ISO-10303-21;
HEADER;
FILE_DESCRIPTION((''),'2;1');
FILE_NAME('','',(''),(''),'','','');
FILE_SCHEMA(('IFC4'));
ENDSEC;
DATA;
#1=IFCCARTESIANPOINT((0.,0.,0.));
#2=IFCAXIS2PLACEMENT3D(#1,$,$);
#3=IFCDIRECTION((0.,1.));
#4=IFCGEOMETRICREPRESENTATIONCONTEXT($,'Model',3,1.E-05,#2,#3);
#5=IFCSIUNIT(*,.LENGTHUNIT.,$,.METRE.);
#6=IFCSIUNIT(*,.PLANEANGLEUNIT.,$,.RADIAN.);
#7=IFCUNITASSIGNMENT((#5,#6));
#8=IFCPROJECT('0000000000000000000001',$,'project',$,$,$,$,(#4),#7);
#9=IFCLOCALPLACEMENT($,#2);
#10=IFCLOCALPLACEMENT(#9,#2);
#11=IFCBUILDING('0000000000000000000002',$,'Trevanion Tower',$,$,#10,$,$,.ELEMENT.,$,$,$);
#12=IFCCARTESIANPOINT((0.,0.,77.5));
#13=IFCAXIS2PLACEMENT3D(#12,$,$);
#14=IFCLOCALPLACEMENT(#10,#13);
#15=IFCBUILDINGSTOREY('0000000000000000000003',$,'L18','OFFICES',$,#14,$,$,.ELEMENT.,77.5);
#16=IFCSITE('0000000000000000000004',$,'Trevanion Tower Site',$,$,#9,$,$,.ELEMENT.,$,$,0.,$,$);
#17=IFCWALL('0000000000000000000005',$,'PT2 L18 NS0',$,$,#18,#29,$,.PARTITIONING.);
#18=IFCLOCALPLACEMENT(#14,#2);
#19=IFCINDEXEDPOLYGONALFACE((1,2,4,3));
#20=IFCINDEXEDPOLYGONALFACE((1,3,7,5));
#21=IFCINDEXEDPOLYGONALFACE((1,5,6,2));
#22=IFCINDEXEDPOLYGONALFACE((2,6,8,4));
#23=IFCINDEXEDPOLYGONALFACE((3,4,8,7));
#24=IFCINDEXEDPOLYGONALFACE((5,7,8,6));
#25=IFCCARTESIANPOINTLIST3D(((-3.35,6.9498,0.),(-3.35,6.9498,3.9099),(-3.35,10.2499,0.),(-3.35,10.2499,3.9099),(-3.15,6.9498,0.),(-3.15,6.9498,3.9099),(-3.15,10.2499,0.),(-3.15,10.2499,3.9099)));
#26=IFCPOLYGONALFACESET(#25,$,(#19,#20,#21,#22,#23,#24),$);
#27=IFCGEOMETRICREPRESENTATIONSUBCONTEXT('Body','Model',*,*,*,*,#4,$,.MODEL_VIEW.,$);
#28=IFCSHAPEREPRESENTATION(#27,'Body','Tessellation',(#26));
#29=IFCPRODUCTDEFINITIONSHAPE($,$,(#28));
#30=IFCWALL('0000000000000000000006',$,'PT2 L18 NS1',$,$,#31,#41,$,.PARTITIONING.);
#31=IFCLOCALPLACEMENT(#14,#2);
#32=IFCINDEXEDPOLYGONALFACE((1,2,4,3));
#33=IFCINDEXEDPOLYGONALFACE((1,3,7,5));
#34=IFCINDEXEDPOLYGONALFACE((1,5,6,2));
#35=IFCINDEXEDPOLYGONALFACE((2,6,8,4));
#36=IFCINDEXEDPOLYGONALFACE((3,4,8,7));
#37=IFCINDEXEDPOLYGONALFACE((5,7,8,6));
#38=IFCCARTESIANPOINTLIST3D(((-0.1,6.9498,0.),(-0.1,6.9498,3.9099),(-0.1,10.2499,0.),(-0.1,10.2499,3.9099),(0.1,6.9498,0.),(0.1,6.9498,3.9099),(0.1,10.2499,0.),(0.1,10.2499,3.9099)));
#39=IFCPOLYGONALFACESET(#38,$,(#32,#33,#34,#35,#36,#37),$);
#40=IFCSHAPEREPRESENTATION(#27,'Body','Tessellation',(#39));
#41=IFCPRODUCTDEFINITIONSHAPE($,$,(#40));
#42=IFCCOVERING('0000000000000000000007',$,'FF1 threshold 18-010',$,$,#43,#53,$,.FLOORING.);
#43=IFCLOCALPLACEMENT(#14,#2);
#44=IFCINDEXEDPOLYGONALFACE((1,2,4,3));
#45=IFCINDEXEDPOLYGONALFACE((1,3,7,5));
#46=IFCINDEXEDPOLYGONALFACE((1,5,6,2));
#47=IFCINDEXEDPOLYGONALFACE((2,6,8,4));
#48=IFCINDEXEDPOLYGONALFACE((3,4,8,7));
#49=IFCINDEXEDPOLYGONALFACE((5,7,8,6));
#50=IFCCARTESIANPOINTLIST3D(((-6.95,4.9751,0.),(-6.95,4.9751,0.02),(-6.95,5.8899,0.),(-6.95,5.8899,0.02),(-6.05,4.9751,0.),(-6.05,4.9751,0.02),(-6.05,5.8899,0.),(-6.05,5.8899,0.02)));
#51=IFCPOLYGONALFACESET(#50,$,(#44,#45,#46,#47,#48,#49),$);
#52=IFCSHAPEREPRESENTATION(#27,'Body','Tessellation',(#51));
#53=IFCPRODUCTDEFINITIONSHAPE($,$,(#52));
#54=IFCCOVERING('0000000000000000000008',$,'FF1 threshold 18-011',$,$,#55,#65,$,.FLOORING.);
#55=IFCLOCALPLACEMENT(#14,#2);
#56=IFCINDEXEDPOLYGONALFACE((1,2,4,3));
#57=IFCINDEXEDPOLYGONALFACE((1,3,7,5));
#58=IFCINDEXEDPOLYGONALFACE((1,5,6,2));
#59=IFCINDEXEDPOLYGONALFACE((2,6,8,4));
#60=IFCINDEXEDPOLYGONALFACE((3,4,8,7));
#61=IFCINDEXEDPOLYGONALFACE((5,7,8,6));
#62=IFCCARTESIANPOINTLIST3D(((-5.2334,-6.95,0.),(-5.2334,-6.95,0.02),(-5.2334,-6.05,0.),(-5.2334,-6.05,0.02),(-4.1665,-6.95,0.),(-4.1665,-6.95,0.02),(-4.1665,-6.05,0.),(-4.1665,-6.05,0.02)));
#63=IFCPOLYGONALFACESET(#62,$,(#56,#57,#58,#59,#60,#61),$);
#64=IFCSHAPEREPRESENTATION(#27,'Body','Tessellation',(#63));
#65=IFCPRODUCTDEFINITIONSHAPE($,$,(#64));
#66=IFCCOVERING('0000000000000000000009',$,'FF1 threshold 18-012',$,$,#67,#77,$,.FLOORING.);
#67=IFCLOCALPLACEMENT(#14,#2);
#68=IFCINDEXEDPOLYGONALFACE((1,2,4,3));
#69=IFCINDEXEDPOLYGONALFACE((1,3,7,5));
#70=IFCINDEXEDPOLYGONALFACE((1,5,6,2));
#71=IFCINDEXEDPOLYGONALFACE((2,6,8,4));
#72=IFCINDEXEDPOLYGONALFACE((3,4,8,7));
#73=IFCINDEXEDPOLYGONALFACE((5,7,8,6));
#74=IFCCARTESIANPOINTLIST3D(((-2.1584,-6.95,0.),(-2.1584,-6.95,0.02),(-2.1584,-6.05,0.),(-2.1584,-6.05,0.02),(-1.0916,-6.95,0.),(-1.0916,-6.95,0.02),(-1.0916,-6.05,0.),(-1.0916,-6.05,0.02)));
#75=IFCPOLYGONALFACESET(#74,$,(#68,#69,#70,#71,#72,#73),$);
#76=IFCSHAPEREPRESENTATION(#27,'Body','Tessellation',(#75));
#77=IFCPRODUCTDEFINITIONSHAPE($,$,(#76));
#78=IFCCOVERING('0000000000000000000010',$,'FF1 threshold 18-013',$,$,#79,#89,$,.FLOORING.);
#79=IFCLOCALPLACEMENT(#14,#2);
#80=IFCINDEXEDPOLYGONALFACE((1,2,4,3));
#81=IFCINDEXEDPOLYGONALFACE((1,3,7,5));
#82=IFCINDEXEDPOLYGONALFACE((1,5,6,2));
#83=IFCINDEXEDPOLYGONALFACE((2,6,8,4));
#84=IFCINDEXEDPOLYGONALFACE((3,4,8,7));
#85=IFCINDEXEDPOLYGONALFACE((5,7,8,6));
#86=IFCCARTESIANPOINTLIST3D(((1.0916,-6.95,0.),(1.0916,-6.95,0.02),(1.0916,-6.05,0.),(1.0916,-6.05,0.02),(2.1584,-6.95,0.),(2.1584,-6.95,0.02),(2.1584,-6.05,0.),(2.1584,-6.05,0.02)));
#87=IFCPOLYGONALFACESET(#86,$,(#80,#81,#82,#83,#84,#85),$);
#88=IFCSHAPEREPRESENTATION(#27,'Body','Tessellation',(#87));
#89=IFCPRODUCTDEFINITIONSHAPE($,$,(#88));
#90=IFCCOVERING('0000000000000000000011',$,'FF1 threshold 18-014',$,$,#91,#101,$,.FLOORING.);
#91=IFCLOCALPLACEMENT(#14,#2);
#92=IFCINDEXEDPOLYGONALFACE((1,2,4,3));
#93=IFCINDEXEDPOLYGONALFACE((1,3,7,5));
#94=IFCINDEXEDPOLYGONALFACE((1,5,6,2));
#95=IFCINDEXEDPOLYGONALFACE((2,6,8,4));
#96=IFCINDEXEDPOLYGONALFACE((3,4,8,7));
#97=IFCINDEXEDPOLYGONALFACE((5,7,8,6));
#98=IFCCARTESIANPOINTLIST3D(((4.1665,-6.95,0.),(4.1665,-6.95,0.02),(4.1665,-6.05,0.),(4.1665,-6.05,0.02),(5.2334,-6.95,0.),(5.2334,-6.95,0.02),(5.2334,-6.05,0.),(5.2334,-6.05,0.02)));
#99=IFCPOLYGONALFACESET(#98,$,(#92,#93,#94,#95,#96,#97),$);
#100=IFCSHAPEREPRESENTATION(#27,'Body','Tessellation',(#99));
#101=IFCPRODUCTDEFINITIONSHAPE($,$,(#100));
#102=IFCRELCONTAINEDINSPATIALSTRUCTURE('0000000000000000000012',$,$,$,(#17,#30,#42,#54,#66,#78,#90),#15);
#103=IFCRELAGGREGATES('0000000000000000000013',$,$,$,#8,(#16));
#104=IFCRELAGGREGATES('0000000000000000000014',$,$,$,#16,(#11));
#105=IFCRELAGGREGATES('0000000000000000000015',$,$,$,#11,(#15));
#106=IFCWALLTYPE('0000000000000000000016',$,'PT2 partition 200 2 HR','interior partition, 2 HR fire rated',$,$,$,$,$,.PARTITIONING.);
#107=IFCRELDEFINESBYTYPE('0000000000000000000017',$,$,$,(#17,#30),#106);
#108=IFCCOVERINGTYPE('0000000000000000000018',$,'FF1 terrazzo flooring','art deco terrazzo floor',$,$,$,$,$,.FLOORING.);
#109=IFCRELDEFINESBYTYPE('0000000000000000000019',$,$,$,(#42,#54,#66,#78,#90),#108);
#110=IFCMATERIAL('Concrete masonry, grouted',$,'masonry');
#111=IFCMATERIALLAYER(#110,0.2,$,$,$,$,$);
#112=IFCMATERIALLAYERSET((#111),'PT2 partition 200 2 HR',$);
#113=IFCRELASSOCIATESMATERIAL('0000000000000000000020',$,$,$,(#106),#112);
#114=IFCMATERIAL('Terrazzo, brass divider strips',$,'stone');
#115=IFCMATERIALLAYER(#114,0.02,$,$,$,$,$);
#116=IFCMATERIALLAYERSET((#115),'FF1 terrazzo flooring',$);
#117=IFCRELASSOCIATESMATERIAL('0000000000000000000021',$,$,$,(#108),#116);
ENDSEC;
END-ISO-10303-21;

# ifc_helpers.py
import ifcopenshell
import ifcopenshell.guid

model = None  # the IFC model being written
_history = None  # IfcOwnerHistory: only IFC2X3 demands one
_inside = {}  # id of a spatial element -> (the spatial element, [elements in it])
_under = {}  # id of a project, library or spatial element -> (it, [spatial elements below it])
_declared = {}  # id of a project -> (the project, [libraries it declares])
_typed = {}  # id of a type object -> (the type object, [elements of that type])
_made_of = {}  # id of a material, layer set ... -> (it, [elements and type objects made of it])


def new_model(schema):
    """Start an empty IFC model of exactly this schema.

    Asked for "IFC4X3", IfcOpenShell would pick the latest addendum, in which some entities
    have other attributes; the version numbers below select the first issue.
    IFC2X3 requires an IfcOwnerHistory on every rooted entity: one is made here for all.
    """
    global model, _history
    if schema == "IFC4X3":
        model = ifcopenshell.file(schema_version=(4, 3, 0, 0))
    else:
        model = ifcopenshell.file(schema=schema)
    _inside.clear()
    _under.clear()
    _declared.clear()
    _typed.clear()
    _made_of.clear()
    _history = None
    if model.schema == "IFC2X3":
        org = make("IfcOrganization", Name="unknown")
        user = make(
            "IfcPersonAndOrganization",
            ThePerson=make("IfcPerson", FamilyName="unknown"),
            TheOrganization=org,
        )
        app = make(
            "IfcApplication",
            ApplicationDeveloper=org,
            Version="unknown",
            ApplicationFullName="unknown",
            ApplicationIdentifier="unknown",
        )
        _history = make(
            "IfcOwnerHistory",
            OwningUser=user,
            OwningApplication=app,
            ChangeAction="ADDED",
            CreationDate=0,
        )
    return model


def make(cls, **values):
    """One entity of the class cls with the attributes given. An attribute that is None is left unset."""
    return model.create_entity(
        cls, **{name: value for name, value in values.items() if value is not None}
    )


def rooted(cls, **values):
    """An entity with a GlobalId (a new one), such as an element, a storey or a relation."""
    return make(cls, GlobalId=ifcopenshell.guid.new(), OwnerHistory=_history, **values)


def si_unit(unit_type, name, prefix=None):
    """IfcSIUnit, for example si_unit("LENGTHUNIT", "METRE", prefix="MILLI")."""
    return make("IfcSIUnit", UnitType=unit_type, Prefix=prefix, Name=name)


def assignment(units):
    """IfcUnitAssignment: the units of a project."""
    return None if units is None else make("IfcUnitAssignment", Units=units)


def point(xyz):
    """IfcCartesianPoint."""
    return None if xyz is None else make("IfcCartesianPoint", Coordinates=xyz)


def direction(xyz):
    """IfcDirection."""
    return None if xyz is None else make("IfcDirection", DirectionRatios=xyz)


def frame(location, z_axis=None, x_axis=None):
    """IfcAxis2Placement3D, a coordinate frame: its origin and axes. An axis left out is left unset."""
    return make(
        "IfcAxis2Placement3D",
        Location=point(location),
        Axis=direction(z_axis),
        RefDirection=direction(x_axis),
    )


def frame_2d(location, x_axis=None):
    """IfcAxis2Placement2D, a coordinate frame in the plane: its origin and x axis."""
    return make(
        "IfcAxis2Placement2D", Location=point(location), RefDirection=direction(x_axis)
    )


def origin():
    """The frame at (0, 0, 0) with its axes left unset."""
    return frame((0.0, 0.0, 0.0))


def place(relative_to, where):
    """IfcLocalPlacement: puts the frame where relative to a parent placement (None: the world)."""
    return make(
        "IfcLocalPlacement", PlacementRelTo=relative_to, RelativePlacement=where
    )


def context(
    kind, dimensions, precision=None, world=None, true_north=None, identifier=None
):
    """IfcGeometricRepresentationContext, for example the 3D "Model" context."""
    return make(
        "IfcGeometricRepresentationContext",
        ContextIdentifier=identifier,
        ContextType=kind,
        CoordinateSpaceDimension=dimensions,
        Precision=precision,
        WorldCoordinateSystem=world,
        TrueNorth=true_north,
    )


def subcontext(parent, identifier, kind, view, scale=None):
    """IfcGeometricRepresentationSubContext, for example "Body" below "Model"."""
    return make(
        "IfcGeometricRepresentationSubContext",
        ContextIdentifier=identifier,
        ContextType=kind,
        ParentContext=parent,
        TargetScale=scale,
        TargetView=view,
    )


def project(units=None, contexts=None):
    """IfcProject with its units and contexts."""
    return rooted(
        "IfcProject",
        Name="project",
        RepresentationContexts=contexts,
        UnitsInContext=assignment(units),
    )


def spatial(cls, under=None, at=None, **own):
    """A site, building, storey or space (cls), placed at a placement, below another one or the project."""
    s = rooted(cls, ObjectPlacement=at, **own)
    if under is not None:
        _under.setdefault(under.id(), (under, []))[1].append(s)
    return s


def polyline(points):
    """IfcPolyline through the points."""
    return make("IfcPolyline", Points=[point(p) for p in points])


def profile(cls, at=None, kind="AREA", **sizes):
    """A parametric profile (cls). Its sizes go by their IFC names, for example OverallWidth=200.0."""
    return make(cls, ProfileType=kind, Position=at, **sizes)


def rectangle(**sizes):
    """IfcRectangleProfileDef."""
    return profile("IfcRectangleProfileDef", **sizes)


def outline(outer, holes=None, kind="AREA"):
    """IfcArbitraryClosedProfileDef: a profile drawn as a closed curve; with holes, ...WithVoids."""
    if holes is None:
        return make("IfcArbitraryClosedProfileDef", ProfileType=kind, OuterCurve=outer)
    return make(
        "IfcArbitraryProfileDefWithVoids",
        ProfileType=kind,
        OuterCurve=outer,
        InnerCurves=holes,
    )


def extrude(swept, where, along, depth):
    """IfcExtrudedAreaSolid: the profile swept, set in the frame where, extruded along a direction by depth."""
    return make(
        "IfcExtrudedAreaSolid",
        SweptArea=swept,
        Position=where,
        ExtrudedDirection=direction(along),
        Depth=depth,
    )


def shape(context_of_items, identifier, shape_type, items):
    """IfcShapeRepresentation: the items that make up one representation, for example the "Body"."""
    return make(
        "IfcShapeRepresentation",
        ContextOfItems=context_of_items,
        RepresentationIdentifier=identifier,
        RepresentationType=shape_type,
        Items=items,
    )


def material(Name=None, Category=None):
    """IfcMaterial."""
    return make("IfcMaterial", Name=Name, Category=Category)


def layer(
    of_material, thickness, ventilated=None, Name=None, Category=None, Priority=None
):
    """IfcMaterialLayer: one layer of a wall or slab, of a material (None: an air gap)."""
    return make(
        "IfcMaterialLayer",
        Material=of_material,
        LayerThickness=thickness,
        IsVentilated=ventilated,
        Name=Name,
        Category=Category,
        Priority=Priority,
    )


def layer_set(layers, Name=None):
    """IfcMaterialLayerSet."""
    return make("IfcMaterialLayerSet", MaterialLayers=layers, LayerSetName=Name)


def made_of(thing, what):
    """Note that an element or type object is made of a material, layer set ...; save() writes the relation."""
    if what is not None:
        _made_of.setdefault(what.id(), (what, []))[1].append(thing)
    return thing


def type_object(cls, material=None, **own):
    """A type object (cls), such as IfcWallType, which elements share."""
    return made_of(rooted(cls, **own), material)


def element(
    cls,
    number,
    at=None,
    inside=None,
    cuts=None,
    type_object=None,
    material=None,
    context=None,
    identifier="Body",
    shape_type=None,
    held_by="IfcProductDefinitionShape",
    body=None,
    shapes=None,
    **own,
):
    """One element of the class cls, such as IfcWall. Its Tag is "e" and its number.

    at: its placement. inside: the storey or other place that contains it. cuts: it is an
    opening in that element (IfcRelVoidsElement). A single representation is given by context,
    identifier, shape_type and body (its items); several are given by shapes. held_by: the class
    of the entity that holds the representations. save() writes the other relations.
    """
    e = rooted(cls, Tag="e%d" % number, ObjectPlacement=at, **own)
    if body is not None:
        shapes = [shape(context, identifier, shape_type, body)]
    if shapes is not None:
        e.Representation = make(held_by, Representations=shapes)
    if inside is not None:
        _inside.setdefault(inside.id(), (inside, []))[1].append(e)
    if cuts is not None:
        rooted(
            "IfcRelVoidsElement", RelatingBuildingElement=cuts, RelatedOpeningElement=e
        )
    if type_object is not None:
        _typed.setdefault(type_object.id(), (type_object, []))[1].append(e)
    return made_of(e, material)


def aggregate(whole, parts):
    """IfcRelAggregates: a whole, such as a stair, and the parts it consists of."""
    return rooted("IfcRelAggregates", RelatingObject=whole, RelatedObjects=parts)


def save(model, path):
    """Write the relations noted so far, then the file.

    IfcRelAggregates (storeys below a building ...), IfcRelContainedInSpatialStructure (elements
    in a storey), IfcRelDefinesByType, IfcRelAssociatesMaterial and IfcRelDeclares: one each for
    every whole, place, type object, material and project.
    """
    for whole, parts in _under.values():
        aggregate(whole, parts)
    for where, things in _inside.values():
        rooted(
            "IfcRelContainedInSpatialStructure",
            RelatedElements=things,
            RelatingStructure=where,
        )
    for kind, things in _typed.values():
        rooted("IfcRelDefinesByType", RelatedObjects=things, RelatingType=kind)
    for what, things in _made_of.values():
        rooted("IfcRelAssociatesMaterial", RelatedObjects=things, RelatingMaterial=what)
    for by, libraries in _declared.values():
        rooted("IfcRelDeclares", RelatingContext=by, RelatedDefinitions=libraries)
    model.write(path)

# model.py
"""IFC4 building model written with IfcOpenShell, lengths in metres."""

from ifc_helpers import new_model, si_unit, direction, frame, frame_2d, origin, place, context, subcontext, project, spatial, polyline, rectangle, outline, extrude, material, layer, layer_set, type_object, element, save


model = new_model("IFC4")

# Units and contexts
model_context = context("Model", 3, precision=1e-05, world=origin(), true_north=direction((0.0, 1.0)))
body_context = subcontext(model_context, "Body", "Model", "MODEL_VIEW")
ifc_project = project(units=[si_unit("LENGTHUNIT", "METRE"), si_unit("PLANEANGLEUNIT", "RADIAN")], contexts=[model_context])

# Site, building, storey
site_placement = place(None, origin())
site = spatial("IfcSite", under=ifc_project, at=site_placement, Name="Trevanion Tower Site", CompositionType="ELEMENT", RefElevation=0.0)
building_placement = place(site_placement, origin())
building = spatial("IfcBuilding", under=site, at=building_placement, Name="Trevanion Tower", CompositionType="ELEMENT")
storey_placement = place(building_placement, frame((0.0, 0.0, 77.5)))
storey = spatial("IfcBuildingStorey", under=building, at=storey_placement, Name="L18", Description="OFFICES", CompositionType="ELEMENT", Elevation=77.5)

# Walls
ifc_material_1 = material(Name="Concrete masonry, grouted", Category="masonry")
ifc_layer_1 = layer(ifc_material_1, 0.2)
ifc_layer_set_1 = layer_set([ifc_layer_1], Name="PT2 partition 200 2 HR")
wall_type = type_object("IfcWallType", Name="PT2 partition 200 2 HR", Description="interior partition, 2 HR fire rated", PredefinedType="PARTITIONING", material=ifc_layer_set_1)
for number, where, z_axis, x_axis, name in (
    (1, (-3.25, 6.95, 0.0), (0.0, 0.0, 1.0), (0.0, 1.0, 0.0), "PT2 L18 NS0"),
    (2, (0.0, 6.95, 0.0), (0.0, 0.0, 1.0), (0.0, 1.0, 0.0), "PT2 L18 NS1"),
):
    element("IfcWall", number, at=place(storey_placement, frame(where, z_axis=z_axis, x_axis=x_axis)), inside=storey, type_object=wall_type, Name=name, PredefinedType="PARTITIONING", context=body_context, shape_type="SweptSolid", body=[
        extrude(rectangle(XDim=3.3, YDim=0.2, at=frame_2d((1.6499, 0.0))), origin(), (0.0, 0.0, 1.0), 3.9099),
    ])

# Coverings
ifc_material_2 = material(Name="Terrazzo, brass divider strips", Category="stone")
ifc_layer_2 = layer(ifc_material_2, 0.02)
ifc_layer_set_2 = layer_set([ifc_layer_2], Name="FF1 terrazzo flooring")
covering_type = type_object("IfcCoveringType", Name="FF1 terrazzo flooring", Description="art deco terrazzo floor", PredefinedType="FLOORING", material=ifc_layer_set_2)
covering_1_placement = place(storey_placement, origin())
element("IfcCovering", 3, at=covering_1_placement, inside=storey, type_object=covering_type, Name="FF1 threshold 18-010", PredefinedType="FLOORING", context=body_context, shape_type="SweptSolid", body=[
    extrude(outline(polyline([(-6.95, 5.8899), (-6.95, 4.9751), (-6.05, 4.9751), (-6.05, 5.8899), (-6.95, 5.8899)])), origin(), (0.0, 0.0, 1.0), 0.02),
])
covering_2_placement = place(storey_placement, origin())
element("IfcCovering", 4, at=covering_2_placement, inside=storey, type_object=covering_type, Name="FF1 threshold 18-011", PredefinedType="FLOORING", context=body_context, shape_type="SweptSolid", body=[
    extrude(outline(polyline([(-5.2334, -6.95), (-4.1665, -6.95), (-4.1665, -6.05), (-5.2334, -6.05), (-5.2334, -6.95)])), origin(), (0.0, 0.0, 1.0), 0.02),
])
covering_3_placement = place(storey_placement, origin())
element("IfcCovering", 5, at=covering_3_placement, inside=storey, type_object=covering_type, Name="FF1 threshold 18-012", PredefinedType="FLOORING", context=body_context, shape_type="SweptSolid", body=[
    extrude(outline(polyline([(-2.1584, -6.95), (-1.0916, -6.95), (-1.0916, -6.05), (-2.1584, -6.05), (-2.1584, -6.95)])), origin(), (0.0, 0.0, 1.0), 0.02),
])
covering_4_placement = place(storey_placement, origin())
element("IfcCovering", 6, at=covering_4_placement, inside=storey, type_object=covering_type, Name="FF1 threshold 18-013", PredefinedType="FLOORING", context=body_context, shape_type="SweptSolid", body=[
    extrude(outline(polyline([(1.0916, -6.95), (2.1584, -6.95), (2.1584, -6.05), (1.0916, -6.05), (1.0916, -6.95)])), origin(), (0.0, 0.0, 1.0), 0.02),
])
covering_5_placement = place(storey_placement, origin())
element("IfcCovering", 7, at=covering_5_placement, inside=storey, type_object=covering_type, Name="FF1 threshold 18-014", PredefinedType="FLOORING", context=body_context, shape_type="SweptSolid", body=[
    extrude(outline(polyline([(4.1665, -6.95), (5.2334, -6.95), (5.2334, -6.05), (4.1665, -6.05), (4.1665, -6.95)])), origin(), (0.0, 0.0, 1.0), 0.02),
])

save(model, "model.ifc")
